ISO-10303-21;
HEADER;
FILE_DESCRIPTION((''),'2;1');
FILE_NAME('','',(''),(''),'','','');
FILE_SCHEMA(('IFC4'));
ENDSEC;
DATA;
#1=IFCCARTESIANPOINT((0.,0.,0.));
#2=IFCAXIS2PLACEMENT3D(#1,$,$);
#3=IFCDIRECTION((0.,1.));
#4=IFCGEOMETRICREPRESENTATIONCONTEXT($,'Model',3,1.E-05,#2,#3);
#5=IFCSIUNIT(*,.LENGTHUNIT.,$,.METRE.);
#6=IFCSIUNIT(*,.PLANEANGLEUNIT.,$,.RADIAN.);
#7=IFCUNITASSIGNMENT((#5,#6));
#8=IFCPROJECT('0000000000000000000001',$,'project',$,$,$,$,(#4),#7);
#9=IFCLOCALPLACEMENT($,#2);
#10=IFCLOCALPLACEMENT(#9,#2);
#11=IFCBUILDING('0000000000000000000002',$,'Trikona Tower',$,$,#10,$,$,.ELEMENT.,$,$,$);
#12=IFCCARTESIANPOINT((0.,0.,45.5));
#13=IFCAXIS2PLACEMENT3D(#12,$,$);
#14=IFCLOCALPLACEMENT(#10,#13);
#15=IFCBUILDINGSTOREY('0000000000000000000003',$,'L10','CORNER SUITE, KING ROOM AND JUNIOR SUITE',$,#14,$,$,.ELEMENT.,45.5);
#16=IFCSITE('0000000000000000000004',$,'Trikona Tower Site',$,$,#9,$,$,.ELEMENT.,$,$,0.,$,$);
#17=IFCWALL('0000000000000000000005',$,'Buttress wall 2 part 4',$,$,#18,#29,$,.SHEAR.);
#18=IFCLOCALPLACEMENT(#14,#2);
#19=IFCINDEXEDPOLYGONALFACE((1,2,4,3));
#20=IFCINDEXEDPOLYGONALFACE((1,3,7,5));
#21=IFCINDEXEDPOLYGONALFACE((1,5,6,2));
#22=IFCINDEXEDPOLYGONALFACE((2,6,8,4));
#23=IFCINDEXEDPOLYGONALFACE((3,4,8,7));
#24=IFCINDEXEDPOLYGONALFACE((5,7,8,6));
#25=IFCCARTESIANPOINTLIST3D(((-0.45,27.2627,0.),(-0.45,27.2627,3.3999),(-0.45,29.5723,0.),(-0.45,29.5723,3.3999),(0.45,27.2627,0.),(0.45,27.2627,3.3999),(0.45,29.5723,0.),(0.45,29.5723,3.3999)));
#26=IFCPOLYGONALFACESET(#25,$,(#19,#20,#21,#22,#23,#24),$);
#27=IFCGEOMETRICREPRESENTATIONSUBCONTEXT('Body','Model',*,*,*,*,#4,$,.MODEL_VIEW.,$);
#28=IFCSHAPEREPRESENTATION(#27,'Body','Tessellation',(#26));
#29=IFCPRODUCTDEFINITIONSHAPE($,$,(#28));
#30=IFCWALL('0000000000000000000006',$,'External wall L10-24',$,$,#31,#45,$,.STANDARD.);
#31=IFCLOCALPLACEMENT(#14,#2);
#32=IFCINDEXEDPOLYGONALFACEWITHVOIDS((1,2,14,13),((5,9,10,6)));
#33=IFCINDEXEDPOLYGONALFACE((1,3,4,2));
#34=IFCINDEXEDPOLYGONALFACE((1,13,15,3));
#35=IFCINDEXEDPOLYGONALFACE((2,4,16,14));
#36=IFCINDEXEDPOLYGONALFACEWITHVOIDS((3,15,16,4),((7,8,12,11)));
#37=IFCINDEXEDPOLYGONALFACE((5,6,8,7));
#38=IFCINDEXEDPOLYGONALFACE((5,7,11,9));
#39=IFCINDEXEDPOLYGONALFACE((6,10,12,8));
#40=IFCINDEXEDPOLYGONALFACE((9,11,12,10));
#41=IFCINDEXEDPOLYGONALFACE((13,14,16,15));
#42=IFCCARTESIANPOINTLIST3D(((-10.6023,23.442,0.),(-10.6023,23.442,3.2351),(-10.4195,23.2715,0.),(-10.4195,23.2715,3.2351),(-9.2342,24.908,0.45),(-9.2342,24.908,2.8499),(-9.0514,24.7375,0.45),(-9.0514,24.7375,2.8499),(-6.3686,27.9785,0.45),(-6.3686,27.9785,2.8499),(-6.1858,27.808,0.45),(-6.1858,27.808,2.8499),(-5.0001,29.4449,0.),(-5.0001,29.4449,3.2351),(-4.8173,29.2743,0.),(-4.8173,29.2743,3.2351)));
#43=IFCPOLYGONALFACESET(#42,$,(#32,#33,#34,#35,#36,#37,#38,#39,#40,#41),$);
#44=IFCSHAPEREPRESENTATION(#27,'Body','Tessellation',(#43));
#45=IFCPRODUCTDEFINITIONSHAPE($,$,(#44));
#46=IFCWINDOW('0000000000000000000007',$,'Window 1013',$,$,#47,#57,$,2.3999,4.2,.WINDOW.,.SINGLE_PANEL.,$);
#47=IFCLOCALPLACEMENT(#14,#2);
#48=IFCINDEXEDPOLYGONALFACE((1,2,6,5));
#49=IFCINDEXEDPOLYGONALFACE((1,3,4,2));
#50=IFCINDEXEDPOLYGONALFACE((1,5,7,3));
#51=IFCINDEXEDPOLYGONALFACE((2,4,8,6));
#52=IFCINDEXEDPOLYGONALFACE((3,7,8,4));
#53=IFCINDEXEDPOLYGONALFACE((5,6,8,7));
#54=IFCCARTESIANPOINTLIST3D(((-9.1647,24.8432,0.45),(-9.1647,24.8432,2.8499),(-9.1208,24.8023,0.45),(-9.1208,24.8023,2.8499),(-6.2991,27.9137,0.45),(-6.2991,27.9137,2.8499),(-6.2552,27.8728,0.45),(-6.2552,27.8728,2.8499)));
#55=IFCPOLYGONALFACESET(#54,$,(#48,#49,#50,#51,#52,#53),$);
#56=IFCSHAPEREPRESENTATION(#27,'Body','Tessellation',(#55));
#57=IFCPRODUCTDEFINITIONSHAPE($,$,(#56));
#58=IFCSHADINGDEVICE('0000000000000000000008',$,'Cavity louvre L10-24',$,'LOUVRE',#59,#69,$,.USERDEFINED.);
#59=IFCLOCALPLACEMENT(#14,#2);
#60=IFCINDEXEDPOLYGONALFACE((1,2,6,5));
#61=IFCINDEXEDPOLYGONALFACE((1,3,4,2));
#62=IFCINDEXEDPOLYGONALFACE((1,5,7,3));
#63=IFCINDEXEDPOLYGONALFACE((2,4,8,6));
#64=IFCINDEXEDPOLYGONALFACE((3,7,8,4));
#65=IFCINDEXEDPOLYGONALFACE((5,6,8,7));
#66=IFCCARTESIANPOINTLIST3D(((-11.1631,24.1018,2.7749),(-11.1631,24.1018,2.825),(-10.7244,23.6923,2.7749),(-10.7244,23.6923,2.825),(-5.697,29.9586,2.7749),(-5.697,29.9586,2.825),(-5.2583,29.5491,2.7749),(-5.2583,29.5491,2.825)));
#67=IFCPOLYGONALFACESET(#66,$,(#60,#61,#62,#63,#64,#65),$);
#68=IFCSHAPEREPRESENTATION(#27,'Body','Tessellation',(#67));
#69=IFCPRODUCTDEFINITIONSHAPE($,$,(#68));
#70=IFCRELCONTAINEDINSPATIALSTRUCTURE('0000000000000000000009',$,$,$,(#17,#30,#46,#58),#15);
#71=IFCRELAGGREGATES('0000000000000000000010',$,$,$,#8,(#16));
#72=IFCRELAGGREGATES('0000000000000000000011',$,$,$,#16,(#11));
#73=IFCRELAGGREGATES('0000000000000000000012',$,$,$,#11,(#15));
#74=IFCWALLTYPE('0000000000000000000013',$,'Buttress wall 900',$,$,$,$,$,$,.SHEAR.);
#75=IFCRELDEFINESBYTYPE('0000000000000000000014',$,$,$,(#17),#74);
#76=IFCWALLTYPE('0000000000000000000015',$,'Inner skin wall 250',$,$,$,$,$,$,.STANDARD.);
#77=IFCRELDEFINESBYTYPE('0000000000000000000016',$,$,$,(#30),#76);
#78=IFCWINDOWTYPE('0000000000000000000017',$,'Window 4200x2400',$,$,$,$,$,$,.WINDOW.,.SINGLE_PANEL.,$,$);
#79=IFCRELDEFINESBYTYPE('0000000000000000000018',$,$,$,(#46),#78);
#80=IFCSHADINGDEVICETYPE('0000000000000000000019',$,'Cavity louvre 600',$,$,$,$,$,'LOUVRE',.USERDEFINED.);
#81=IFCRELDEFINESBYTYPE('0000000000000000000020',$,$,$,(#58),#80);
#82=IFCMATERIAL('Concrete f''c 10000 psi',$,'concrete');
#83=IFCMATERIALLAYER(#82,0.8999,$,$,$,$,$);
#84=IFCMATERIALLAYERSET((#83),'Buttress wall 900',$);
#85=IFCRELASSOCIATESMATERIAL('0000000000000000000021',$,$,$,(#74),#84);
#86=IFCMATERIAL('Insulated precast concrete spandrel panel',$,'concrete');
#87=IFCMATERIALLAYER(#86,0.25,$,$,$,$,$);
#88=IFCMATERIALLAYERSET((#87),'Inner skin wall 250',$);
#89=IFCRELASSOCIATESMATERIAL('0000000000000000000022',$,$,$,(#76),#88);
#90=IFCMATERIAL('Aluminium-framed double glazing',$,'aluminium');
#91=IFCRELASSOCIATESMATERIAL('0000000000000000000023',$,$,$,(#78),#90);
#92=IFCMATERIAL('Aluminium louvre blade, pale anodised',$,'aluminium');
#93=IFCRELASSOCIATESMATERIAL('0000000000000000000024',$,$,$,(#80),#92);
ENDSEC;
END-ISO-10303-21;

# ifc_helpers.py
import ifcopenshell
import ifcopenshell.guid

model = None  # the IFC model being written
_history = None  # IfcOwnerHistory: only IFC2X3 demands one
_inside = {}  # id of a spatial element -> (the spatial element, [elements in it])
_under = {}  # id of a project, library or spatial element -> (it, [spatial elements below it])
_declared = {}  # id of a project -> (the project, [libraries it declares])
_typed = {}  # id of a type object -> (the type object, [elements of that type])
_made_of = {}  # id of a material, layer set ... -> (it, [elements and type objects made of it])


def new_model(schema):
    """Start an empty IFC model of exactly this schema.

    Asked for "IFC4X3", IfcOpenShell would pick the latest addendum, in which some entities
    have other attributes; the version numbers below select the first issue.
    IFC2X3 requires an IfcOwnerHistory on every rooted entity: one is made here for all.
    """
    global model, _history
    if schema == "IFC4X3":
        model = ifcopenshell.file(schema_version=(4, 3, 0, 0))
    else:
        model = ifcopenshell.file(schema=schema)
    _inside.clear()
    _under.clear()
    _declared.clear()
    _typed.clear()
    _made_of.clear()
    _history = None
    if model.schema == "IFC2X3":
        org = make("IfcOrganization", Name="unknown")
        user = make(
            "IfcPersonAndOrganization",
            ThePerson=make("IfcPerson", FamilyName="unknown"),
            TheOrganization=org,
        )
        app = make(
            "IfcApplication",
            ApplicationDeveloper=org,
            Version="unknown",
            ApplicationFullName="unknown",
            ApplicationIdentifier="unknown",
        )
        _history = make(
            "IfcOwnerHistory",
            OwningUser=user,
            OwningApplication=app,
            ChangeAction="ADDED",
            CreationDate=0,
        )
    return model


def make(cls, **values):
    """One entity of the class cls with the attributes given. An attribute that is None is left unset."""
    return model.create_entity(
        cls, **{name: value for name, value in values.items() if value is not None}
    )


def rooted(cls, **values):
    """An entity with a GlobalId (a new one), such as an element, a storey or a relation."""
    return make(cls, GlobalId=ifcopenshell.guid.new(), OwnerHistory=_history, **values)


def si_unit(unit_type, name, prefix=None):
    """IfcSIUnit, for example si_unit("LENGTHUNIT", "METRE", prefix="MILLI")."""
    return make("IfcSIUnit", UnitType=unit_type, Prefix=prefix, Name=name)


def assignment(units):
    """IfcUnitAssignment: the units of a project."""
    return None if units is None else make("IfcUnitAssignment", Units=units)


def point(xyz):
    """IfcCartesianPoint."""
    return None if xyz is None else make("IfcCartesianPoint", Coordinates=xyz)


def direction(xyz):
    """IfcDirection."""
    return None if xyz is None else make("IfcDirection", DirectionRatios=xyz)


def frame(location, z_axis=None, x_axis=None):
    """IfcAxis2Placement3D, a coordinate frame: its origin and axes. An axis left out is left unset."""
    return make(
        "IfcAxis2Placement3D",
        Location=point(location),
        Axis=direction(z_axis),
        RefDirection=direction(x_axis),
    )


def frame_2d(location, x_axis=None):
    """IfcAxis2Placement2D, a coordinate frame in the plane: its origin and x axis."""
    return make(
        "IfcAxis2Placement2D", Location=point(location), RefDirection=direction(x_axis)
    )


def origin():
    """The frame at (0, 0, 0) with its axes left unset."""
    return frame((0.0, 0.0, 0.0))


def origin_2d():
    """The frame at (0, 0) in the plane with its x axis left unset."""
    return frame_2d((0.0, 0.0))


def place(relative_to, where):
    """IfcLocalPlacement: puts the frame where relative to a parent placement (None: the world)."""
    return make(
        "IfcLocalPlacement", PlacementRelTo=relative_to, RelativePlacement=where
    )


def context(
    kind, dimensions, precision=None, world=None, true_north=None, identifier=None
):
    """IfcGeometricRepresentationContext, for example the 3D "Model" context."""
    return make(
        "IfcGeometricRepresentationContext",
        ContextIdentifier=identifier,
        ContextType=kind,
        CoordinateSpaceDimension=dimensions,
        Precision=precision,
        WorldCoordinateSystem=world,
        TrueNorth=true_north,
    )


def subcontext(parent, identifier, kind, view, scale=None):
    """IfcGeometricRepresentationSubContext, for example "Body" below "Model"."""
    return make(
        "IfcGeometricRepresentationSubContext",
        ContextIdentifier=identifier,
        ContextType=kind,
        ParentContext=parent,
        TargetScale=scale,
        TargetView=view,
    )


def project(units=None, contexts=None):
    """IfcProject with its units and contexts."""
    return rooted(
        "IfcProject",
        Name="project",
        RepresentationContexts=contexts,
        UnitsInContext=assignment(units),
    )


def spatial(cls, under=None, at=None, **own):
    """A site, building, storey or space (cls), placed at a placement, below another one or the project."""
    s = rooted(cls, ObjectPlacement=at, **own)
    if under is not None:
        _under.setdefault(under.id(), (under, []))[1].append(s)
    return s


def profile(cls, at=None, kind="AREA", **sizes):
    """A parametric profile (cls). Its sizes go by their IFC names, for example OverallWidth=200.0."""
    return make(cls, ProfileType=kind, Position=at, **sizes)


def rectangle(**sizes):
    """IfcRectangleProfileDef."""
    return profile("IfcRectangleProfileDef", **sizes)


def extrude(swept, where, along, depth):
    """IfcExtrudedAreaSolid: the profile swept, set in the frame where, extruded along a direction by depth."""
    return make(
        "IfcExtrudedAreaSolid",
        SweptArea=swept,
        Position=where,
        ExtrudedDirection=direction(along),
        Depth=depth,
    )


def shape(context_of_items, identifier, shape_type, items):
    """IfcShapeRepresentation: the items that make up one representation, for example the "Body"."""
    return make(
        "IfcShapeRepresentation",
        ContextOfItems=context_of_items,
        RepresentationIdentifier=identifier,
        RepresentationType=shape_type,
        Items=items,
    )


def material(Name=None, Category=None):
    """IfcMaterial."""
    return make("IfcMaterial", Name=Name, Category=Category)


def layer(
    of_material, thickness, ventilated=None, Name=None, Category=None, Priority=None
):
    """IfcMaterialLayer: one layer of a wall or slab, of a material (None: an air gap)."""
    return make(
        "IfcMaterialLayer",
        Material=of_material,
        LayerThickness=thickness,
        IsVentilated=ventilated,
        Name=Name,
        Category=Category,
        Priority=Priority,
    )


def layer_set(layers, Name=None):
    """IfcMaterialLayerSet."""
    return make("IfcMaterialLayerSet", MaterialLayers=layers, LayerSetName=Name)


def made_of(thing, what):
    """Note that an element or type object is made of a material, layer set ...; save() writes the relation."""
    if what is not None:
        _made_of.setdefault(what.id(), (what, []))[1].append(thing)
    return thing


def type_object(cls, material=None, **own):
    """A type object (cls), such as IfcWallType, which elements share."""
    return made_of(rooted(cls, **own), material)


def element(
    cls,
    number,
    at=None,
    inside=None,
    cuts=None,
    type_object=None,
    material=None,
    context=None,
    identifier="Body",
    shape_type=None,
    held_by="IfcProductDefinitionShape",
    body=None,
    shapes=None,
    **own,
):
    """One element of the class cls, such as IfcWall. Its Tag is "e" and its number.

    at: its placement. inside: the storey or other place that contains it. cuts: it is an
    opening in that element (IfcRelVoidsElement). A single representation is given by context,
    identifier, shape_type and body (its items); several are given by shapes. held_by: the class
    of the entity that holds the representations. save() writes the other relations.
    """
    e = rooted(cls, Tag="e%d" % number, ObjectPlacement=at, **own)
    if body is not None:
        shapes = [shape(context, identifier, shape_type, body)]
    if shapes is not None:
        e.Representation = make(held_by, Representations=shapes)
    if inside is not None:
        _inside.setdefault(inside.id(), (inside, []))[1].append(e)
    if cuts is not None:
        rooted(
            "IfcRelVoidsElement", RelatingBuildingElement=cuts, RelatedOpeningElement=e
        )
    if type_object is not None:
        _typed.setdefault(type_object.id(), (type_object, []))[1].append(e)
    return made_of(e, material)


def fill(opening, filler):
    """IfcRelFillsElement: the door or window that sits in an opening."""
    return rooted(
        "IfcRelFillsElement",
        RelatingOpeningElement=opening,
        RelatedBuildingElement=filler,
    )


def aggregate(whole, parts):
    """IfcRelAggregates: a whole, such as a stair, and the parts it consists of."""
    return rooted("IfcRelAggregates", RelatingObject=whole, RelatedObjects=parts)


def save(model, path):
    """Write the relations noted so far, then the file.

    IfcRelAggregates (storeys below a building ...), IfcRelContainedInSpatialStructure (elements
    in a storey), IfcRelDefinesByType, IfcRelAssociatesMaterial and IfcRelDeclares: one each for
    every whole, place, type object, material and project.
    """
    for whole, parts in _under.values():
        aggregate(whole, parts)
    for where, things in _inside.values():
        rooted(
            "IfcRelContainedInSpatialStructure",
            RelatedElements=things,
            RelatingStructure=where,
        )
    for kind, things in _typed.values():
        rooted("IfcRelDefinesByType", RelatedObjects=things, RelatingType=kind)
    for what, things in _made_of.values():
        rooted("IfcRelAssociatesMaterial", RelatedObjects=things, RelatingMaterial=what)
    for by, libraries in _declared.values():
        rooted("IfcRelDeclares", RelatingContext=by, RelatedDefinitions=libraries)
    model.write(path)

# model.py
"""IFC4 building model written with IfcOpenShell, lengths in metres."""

from ifc_helpers import new_model, si_unit, direction, frame, frame_2d, origin, origin_2d, place, context, subcontext, project, spatial, rectangle, extrude, material, layer, layer_set, type_object, element, fill, save


model = new_model("IFC4")

# Units and contexts
model_context = context("Model", 3, precision=1e-05, world=origin(), true_north=direction((0.0, 1.0)))
body_context = subcontext(model_context, "Body", "Model", "MODEL_VIEW")
ifc_project = project(units=[si_unit("LENGTHUNIT", "METRE"), si_unit("PLANEANGLEUNIT", "RADIAN")], contexts=[model_context])

# Site, building, storey
site_placement = place(None, origin())
site = spatial("IfcSite", under=ifc_project, at=site_placement, Name="Trikona Tower Site", CompositionType="ELEMENT", RefElevation=0.0)
building_placement = place(site_placement, origin())
building = spatial("IfcBuilding", under=site, at=building_placement, Name="Trikona Tower", CompositionType="ELEMENT")
storey_placement = place(building_placement, frame((0.0, 0.0, 45.5)))
storey = spatial("IfcBuildingStorey", under=building, at=storey_placement, Name="L10", Description="CORNER SUITE, KING ROOM AND JUNIOR SUITE", CompositionType="ELEMENT", Elevation=45.5)

# Wall
ifc_material_1 = material(Name="Concrete f'c 10000 psi", Category="concrete")
ifc_layer_1 = layer(ifc_material_1, 0.8999)
ifc_layer_set_1 = layer_set([ifc_layer_1], Name="Buttress wall 900")
wall_type_1 = type_object("IfcWallType", Name="Buttress wall 900", PredefinedType="SHEAR", material=ifc_layer_set_1)
wall_1_placement = place(storey_placement, frame((0.0, 27.2627, 0.0), z_axis=(0.0, 0.0, 1.0), x_axis=(0.0, 1.0, 0.0)))
element("IfcWall", 1, at=wall_1_placement, inside=storey, type_object=wall_type_1, Name="Buttress wall 2 part 4", PredefinedType="SHEAR", context=body_context, shape_type="SweptSolid", body=[
    extrude(rectangle(XDim=2.3096, YDim=0.8999, at=frame_2d((1.1548, 0.0))), origin(), (0.0, 0.0, 1.0), 3.3999),
])

# Wall, opening, window
ifc_material_2 = material(Name="Insulated precast concrete spandrel panel", Category="concrete")
ifc_layer_2 = layer(ifc_material_2, 0.25)
ifc_layer_set_2 = layer_set([ifc_layer_2], Name="Inner skin wall 250")
wall_type_2 = type_object("IfcWallType", Name="Inner skin wall 250", PredefinedType="STANDARD", material=ifc_layer_set_2)
wall_2_placement = place(storey_placement, frame((-4.9087, 29.3596, 0.0), z_axis=(0.0, 0.0, 1.0), x_axis=(-0.68229, -0.731082, 0.0)))
wall_2 = element("IfcWall", 2, at=wall_2_placement, inside=storey, type_object=wall_type_2, Name="External wall L10-24", PredefinedType="STANDARD", context=body_context, shape_type="SweptSolid", body=[
    extrude(rectangle(XDim=8.2109, YDim=0.25, at=frame_2d((4.1055, 0.0))), origin(), (0.0, 0.0, 1.0), 3.2351),
])
opening_1_placement = place(wall_2_placement, frame((2.0056, 0.0, 0.45)))
opening_1 = element("IfcOpeningElement", 3, at=opening_1_placement, cuts=wall_2, PredefinedType="OPENING", context=body_context, shape_type="SweptSolid", body=[
    extrude(rectangle(XDim=4.2, YDim=2.3999, at=frame_2d((2.1001, 1.2))), frame((0.0, 0.135, 0.0), z_axis=(0.0, -1.0, 0.0), x_axis=(1.0, 0.0, 0.0)), (0.0, 0.0, 1.0), 0.27),
])
ifc_material_3 = material(Name="Aluminium-framed double glazing", Category="aluminium")
window_type_1 = type_object("IfcWindowType", Name="Window 4200x2400", PartitioningType="SINGLE_PANEL", PredefinedType="WINDOW", material=ifc_material_3)
window_1_placement = place(opening_1_placement, origin())
window_1 = element("IfcWindow", 4, at=window_1_placement, inside=storey, type_object=window_type_1, Name="Window 1013", OverallHeight=2.3999, OverallWidth=4.2, PartitioningType="SINGLE_PANEL", PredefinedType="WINDOW", context=body_context, shape_type="SweptSolid", body=[
    extrude(rectangle(XDim=4.2, YDim=2.3999, at=frame_2d((2.1001, 1.2))), frame((0.0, 0.03, 0.0), z_axis=(0.0, -1.0, 0.0), x_axis=(1.0, 0.0, 0.0)), (0.0, 0.0, 1.0), 0.0601),
])
fill(opening_1, window_1)

# Shading device
ifc_material_4 = material(Name="Aluminium louvre blade, pale anodised", Category="aluminium")
shading_device_type = type_object("IfcShadingDeviceType", Name="Cavity louvre 600", ElementType="LOUVRE", PredefinedType="USERDEFINED", material=ifc_material_4)
shading_device_placement = place(storey_placement, frame((-8.2107, 26.8254, 2.7749), z_axis=(0.0, 0.0, 1.0), x_axis=(-0.682298, -0.731074, 0.0)))
element("IfcShadingDevice", 5, at=shading_device_placement, inside=storey, type_object=shading_device_type, Name="Cavity louvre L10-24", ObjectType="LOUVRE", PredefinedType="USERDEFINED", context=body_context, shape_type="SweptSolid", body=[
    extrude(rectangle(XDim=8.0112, YDim=0.6001, at=origin_2d()), origin(), (0.0, 0.0, 1.0), 0.05),
])

save(model, "model.ifc")
